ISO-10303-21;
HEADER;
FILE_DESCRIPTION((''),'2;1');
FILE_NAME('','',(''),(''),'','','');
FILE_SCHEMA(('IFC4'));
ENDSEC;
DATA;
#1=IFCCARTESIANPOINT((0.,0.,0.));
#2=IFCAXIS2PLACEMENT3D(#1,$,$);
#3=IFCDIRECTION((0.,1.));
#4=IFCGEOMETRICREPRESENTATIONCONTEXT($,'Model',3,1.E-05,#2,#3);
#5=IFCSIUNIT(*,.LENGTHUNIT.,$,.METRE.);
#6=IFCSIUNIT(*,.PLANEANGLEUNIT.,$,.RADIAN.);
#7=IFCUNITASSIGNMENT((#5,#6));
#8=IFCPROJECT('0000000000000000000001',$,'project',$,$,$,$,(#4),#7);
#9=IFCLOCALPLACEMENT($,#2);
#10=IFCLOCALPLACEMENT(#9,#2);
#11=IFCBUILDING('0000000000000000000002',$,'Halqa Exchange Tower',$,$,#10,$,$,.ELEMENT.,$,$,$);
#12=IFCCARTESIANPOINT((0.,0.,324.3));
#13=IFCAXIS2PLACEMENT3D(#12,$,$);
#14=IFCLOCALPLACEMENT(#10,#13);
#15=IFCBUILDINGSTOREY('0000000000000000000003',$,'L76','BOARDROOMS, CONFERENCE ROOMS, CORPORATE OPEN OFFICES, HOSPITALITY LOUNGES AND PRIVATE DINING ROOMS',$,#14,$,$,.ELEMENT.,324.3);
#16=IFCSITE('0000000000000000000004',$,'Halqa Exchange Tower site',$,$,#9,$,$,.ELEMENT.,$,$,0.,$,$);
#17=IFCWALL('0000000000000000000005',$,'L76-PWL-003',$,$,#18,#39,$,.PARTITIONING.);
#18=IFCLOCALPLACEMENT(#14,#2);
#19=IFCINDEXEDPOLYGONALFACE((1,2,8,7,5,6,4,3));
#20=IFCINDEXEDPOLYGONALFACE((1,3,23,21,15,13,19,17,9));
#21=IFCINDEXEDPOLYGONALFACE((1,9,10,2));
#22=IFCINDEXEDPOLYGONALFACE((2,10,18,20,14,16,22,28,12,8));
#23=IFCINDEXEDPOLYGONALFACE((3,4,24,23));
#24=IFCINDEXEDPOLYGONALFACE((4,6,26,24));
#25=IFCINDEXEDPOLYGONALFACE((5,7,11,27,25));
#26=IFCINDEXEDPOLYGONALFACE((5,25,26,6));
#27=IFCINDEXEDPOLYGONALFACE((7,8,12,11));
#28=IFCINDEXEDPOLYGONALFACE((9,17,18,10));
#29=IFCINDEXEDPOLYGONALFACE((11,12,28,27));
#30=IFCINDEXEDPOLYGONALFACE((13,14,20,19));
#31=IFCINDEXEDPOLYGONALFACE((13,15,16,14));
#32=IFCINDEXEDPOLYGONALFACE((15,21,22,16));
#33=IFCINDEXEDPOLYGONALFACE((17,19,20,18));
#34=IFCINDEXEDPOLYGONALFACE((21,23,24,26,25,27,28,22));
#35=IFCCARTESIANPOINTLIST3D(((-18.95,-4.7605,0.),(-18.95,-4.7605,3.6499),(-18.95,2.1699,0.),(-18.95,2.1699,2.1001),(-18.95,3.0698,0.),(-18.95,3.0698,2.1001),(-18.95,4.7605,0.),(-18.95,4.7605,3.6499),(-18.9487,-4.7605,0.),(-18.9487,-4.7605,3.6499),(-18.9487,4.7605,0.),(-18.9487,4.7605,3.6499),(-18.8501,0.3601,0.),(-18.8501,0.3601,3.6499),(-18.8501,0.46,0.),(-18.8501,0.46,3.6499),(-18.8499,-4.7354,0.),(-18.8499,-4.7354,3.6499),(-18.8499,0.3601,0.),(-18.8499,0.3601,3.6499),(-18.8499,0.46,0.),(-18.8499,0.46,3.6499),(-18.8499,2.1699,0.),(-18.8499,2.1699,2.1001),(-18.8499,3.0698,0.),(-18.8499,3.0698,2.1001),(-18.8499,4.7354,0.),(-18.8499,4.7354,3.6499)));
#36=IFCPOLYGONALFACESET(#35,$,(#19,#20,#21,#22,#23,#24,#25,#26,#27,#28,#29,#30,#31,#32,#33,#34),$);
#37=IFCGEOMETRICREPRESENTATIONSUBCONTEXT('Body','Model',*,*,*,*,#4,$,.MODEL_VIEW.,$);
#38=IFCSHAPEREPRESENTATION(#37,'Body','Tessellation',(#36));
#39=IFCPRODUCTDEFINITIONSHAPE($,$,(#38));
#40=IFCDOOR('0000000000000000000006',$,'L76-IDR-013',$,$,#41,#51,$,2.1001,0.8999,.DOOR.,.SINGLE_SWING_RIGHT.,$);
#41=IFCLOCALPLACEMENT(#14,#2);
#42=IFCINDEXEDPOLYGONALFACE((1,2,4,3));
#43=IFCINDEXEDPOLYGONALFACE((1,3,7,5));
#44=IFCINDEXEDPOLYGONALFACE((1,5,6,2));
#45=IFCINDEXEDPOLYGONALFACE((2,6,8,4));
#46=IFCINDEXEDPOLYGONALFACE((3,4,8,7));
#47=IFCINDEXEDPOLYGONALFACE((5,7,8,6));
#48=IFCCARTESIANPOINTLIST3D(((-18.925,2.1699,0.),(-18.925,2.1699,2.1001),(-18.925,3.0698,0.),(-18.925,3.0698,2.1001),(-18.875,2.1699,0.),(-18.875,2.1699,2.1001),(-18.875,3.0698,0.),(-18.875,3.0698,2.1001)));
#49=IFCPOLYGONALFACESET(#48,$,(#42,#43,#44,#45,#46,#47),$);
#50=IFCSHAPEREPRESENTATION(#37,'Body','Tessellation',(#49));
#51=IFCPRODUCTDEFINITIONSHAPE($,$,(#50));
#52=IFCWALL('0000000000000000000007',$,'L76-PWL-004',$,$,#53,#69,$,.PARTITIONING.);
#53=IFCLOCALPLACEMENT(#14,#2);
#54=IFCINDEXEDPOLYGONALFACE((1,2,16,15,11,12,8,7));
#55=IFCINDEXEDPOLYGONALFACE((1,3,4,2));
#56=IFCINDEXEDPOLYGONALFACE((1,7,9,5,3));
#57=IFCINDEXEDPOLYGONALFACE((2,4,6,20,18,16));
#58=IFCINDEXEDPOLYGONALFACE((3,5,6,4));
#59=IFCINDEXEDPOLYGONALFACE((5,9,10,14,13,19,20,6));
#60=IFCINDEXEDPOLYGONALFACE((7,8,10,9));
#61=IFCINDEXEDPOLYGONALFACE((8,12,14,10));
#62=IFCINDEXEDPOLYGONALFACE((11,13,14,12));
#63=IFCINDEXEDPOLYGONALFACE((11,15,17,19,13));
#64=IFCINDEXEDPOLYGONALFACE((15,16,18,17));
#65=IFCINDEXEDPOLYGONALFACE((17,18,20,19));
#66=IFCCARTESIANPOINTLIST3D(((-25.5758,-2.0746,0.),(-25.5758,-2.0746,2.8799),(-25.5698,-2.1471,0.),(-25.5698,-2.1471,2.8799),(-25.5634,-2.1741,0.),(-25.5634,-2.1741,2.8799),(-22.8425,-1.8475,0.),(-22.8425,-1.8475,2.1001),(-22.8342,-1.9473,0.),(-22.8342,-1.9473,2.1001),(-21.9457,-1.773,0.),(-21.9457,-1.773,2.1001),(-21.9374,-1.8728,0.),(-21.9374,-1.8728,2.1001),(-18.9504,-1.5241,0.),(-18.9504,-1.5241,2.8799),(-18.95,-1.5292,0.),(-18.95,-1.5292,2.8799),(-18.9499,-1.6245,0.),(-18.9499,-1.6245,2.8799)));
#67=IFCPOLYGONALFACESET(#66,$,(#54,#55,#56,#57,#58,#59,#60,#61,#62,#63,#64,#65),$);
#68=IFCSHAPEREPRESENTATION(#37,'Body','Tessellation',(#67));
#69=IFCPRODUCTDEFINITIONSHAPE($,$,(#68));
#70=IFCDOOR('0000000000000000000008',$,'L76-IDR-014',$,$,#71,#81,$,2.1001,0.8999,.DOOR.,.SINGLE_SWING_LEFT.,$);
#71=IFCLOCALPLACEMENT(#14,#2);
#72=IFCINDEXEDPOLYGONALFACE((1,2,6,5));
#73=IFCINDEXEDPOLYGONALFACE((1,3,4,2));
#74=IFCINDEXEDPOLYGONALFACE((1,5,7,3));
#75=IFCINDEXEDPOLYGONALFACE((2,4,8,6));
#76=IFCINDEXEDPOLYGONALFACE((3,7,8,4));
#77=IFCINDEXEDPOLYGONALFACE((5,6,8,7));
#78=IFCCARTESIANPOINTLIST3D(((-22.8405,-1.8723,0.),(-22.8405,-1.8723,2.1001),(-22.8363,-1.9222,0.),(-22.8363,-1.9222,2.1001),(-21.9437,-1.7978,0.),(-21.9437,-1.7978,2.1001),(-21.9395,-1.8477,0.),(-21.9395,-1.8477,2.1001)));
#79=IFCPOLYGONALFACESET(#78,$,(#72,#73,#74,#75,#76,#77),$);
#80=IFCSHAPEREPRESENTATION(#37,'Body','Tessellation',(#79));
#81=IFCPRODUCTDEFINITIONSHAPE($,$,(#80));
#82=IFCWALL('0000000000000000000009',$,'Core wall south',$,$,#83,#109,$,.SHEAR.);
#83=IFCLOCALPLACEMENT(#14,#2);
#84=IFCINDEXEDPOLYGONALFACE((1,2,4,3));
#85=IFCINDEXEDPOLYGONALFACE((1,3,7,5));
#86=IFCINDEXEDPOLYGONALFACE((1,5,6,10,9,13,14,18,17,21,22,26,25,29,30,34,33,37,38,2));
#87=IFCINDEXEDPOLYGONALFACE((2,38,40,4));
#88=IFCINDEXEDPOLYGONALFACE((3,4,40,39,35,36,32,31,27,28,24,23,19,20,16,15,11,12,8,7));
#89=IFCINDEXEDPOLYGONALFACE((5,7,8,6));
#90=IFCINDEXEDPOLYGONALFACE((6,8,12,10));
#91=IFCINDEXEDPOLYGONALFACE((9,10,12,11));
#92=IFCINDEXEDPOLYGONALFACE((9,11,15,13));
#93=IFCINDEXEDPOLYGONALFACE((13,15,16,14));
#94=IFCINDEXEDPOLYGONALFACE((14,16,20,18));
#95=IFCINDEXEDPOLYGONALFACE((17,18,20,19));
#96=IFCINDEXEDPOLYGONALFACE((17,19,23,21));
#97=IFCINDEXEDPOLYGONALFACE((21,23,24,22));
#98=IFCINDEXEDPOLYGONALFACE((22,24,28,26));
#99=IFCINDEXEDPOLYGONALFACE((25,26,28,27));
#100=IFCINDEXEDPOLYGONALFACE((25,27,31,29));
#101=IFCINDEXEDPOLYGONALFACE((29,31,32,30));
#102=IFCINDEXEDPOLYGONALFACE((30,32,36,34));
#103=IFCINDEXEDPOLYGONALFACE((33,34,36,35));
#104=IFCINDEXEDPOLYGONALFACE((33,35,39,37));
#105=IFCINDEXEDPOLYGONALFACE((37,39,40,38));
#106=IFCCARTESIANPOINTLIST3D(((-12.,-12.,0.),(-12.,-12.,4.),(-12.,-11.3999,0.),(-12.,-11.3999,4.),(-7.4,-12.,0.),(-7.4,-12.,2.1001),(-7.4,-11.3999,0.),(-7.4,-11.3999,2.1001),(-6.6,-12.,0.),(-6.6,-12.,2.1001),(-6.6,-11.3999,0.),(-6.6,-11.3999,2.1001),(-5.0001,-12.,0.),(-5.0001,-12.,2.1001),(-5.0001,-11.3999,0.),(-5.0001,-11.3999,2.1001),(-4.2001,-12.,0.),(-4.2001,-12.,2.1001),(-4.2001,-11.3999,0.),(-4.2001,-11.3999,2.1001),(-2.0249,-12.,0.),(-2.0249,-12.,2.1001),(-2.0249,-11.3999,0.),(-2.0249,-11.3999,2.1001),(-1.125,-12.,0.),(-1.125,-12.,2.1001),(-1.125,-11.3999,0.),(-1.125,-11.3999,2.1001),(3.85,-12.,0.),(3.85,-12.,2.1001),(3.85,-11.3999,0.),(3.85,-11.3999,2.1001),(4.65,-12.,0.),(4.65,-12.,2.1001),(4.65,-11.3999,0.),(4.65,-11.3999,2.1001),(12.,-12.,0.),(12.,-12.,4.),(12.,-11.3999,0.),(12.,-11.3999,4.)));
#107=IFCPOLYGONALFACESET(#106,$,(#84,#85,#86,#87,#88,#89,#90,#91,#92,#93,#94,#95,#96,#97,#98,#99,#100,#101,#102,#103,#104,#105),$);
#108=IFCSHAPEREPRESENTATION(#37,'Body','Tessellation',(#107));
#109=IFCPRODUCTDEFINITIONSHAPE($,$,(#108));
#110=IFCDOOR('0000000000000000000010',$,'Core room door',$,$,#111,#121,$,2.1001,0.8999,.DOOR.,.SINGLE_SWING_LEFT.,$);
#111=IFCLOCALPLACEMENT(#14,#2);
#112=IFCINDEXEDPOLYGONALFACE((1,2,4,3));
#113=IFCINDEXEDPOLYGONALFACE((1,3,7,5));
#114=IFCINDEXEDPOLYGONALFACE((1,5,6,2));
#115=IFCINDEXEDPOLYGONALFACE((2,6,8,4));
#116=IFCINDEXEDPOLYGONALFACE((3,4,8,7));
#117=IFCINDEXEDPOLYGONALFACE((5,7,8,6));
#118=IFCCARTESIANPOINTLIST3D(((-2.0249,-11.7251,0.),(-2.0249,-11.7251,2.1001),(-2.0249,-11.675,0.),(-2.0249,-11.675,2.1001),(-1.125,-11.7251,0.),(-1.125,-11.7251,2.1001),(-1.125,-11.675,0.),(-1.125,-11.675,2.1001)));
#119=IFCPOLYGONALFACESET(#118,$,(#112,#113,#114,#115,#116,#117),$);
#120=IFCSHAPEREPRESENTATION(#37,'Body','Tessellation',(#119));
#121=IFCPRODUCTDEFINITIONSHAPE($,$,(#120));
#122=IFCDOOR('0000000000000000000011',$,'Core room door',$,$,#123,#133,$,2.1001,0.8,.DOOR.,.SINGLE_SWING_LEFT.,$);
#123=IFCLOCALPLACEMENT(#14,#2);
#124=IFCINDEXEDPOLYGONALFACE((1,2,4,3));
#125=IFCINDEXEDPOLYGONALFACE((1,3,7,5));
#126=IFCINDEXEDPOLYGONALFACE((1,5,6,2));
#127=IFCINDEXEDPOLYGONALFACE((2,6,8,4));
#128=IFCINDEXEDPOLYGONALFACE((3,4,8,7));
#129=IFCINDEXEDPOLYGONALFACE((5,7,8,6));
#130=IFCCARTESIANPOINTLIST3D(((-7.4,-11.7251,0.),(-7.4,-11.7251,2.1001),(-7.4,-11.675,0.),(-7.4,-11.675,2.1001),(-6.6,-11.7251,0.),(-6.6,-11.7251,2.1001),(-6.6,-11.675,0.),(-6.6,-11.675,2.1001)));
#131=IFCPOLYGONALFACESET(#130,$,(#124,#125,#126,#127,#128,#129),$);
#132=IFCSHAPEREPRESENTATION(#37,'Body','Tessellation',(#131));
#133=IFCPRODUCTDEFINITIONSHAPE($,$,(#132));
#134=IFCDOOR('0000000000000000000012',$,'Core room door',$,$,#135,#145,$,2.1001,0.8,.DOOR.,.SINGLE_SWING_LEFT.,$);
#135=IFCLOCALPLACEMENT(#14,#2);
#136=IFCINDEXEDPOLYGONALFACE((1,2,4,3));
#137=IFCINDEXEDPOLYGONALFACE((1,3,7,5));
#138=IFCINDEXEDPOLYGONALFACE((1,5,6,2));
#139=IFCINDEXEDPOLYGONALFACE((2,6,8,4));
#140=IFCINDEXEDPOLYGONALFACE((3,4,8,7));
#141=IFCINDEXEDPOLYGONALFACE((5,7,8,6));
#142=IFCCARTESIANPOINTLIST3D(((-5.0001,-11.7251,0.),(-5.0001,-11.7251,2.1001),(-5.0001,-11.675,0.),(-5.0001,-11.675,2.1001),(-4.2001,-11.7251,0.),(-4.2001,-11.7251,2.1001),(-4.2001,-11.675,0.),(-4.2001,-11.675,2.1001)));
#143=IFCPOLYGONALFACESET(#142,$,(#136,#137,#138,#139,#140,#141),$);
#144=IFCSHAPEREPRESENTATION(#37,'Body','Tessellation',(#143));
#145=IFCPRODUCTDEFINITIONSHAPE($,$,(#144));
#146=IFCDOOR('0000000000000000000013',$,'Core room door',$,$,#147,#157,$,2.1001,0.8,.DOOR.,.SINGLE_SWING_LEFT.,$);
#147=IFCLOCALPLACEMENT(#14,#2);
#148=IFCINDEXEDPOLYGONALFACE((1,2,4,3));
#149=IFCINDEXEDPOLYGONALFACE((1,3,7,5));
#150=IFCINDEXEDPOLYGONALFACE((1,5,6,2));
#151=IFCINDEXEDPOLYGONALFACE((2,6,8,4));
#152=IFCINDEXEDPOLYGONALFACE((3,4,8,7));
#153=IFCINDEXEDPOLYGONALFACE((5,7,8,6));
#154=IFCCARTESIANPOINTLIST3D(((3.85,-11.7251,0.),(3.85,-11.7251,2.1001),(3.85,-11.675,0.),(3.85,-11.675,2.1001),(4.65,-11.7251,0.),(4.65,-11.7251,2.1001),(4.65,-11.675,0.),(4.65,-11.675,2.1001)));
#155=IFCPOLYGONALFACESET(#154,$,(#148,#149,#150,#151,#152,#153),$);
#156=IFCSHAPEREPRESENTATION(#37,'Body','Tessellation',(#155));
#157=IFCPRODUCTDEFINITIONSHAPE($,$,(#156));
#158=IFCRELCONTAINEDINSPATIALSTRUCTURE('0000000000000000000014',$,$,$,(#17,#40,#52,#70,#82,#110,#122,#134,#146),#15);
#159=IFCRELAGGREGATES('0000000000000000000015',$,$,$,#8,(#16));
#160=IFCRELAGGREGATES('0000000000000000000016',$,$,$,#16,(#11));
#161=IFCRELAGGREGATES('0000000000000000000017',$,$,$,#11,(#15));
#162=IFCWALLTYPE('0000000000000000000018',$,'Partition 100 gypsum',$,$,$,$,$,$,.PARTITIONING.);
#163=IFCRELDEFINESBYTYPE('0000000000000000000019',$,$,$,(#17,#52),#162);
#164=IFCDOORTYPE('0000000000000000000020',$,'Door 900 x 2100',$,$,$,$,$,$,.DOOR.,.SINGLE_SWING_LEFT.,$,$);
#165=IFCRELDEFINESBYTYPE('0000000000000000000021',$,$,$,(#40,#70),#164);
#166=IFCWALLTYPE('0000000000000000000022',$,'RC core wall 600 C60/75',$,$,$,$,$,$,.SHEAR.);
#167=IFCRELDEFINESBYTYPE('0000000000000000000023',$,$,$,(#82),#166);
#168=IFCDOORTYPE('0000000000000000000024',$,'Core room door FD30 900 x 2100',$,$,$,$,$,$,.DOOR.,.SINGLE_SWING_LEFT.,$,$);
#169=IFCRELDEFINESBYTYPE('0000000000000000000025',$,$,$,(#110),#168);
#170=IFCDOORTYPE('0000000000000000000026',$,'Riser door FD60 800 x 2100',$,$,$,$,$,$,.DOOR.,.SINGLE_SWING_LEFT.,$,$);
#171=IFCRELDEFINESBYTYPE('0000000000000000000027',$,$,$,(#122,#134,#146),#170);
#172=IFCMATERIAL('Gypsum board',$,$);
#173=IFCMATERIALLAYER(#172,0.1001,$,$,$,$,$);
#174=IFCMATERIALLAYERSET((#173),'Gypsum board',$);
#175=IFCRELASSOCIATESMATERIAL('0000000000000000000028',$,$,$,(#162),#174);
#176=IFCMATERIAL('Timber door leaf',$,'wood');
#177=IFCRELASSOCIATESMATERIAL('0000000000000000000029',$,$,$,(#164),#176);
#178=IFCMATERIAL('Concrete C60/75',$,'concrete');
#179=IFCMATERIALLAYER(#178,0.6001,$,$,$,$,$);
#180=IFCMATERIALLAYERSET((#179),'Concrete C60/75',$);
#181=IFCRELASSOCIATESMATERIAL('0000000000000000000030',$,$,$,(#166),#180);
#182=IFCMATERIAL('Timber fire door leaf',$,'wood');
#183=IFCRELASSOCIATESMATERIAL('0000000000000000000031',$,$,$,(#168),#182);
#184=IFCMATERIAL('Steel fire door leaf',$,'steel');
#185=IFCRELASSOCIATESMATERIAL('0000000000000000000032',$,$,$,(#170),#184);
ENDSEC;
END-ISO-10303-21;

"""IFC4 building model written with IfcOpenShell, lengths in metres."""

from ifc_helpers import new_model, si_unit, direction, frame, frame_2d, origin, place, context, subcontext, project, spatial, polyline, rectangle, outline, extrude, material, layer, layer_set, type_object, element, fill, save


model = new_model("IFC4")

# Units and contexts
model_context = context("Model", 3, precision=1e-05, world=origin(), true_north=direction((0.0, 1.0)))
body_context = subcontext(model_context, "Body", "Model", "MODEL_VIEW")
ifc_project = project(units=[si_unit("LENGTHUNIT", "METRE"), si_unit("PLANEANGLEUNIT", "RADIAN")], contexts=[model_context])

# Site, building, storey
site_placement = place(None, origin())
site = spatial("IfcSite", under=ifc_project, at=site_placement, Name="Halqa Exchange Tower site", CompositionType="ELEMENT", RefElevation=0.0)
building_placement = place(site_placement, origin())
building = spatial("IfcBuilding", under=site, at=building_placement, Name="Halqa Exchange Tower", CompositionType="ELEMENT")
storey_placement = place(building_placement, frame((0.0, 0.0, 324.3)))
storey = spatial("IfcBuildingStorey", under=building, at=storey_placement, Name="L76", Description="BOARDROOMS, CONFERENCE ROOMS, CORPORATE OPEN OFFICES, HOSPITALITY LOUNGES AND PRIVATE DINING ROOMS", CompositionType="ELEMENT", Elevation=324.3)

# Shared definitions
ifc_material_1 = material(Name="Concrete C60/75", Category="concrete")

# Walls, openings, doors
ifc_material_2 = material(Name="Gypsum board")
ifc_layer_1 = layer(ifc_material_2, 0.1001)
ifc_layer_set_1 = layer_set([ifc_layer_1], Name="Gypsum board")
wall_type_1 = type_object("IfcWallType", Name="Partition 100 gypsum", PredefinedType="PARTITIONING", material=ifc_layer_set_1)
wall_1_placement = place(storey_placement, frame((-18.8999, -4.7605, 0.0), z_axis=(0.0, 0.0, 1.0), x_axis=(0.0, 1.0, 0.0)))
wall_1 = element("IfcWall", 1, at=wall_1_placement, inside=storey, type_object=wall_type_1, Name="L76-PWL-003", PredefinedType="PARTITIONING", context=body_context, shape_type="SweptSolid", body=[
    extrude(outline(polyline([(0.0251, -0.05), (1.7236, -0.05), (3.4221, -0.05), (5.1206, -0.05), (5.1206, -0.0498), (5.2205, -0.0498), (5.2205, -0.05), (6.6455, -0.05), (8.0708, -0.05), (9.4958, -0.05), (9.521, 0.0488), (9.521, 0.05), (7.6167, 0.05), (5.7126, 0.05), (3.8083, 0.05), (1.9043, 0.05), (0.0, 0.05), (0.0, 0.0488), (0.0251, -0.05)])), origin(), (0.0, 0.0, 1.0), 3.6499),
])
opening_1_placement = place(wall_1_placement, frame((6.9304, 0.0, 0.0)))
opening_1 = element("IfcOpeningElement", 2, at=opening_1_placement, cuts=wall_1, PredefinedType="OPENING", context=body_context, shape_type="SweptSolid", body=[
    extrude(rectangle(XDim=0.8999, YDim=2.1001, at=frame_2d((0.45, 1.05))), frame((0.0, 0.062, 0.0), z_axis=(0.0, -1.0, 0.0), x_axis=(1.0, 0.0, 0.0)), (0.0, 0.0, 1.0), 0.124),
])
ifc_material_3 = material(Name="Timber door leaf", Category="wood")
door_type_1 = type_object("IfcDoorType", Name="Door 900 x 2100", OperationType="SINGLE_SWING_LEFT", PredefinedType="DOOR", material=ifc_material_3)
door_1_placement = place(opening_1_placement, frame((0.8999, 0.0, 0.0), z_axis=(0.0, 0.0, 1.0), x_axis=(-1.0, 0.0, 0.0)))
door_1 = element("IfcDoor", 3, at=door_1_placement, inside=storey, type_object=door_type_1, Name="L76-IDR-013", OperationType="SINGLE_SWING_RIGHT", OverallHeight=2.1001, OverallWidth=0.8999, PredefinedType="DOOR", context=body_context, shape_type="SweptSolid", body=[
    extrude(rectangle(XDim=0.8999, YDim=2.1001, at=frame_2d((0.45, 1.05))), frame((0.0, 0.0249, 0.0), z_axis=(0.0, -1.0, 0.0), x_axis=(1.0, 0.0, 0.0)), (0.0, 0.0, 1.0), 0.05),
])
fill(opening_1, door_1)
wall_2_placement = place(storey_placement, frame((-18.9463, -1.574, 0.0), z_axis=(0.0, 0.0, 1.0), x_axis=(-0.996565, -0.082811, 0.0)))
wall_2 = element("IfcWall", 4, at=wall_2_placement, inside=storey, type_object=wall_type_1, Name="L76-PWL-004", PredefinedType="PARTITIONING", context=body_context, shape_type="SweptSolid", body=[
    extrude(outline(polyline([(6.6482, -0.05), (6.6482, 0.0227), (6.644, 0.05), (4.9851, 0.05), (3.3259, 0.05), (1.667, 0.05), (0.0078, 0.05), (0.0, -0.0449), (0.0, -0.05), (1.6621, -0.05), (3.3242, -0.05), (4.9861, -0.05), (6.6482, -0.05)])), origin(), (0.0, 0.0, 1.0), 2.8799),
])
opening_2_placement = place(wall_2_placement, frame((3.0056, 0.0, 0.0)))
opening_2 = element("IfcOpeningElement", 5, at=opening_2_placement, cuts=wall_2, PredefinedType="OPENING", context=body_context, shape_type="SweptSolid", body=[
    extrude(rectangle(XDim=0.8999, YDim=2.1001, at=frame_2d((0.45, 1.05))), frame((0.0, 0.062, 0.0), z_axis=(0.0, -1.0, 0.0), x_axis=(1.0, 0.0, 0.0)), (0.0, 0.0, 1.0), 0.124),
])
door_2_placement = place(opening_2_placement, origin())
door_2 = element("IfcDoor", 6, at=door_2_placement, inside=storey, type_object=door_type_1, Name="L76-IDR-014", OperationType="SINGLE_SWING_LEFT", OverallHeight=2.1001, OverallWidth=0.8999, PredefinedType="DOOR", context=body_context, shape_type="SweptSolid", body=[
    extrude(rectangle(XDim=0.8999, YDim=2.1001, at=frame_2d((0.45, 1.05))), frame((0.0, 0.0249, 0.0), z_axis=(0.0, -1.0, 0.0), x_axis=(1.0, 0.0, 0.0)), (0.0, 0.0, 1.0), 0.05),
])
fill(opening_2, door_2)

# Wall, openings, doors
ifc_layer_2 = layer(ifc_material_1, 0.6001)
ifc_layer_set_2 = layer_set([ifc_layer_2], Name="Concrete C60/75")
wall_type_2 = type_object("IfcWallType", Name="RC core wall 600 C60/75", PredefinedType="SHEAR", material=ifc_layer_set_2)
wall_3_placement = place(storey_placement, frame((-12.0, -11.7, 0.0), z_axis=(0.0, 0.0, 1.0), x_axis=(1.0, 0.0, 0.0)))
wall_3 = element("IfcWall", 7, at=wall_3_placement, inside=storey, type_object=wall_type_2, Name="Core wall south", PredefinedType="SHEAR", context=body_context, shape_type="SweptSolid", body=[
    extrude(rectangle(XDim=24.0, YDim=0.6001, at=frame_2d((12.0, 0.0))), origin(), (0.0, 0.0, 1.0), 4.0),
])
opening_3_placement = place(wall_3_placement, frame((9.9751, 0.0, 0.0)))
opening_3 = element("IfcOpeningElement", 8, at=opening_3_placement, cuts=wall_3, PredefinedType="OPENING", context=body_context, shape_type="SweptSolid", body=[
    extrude(rectangle(XDim=0.8999, YDim=2.1001, at=frame_2d((0.45, 1.05))), frame((0.0, 0.312, 0.0), z_axis=(0.0, -1.0, 0.0), x_axis=(1.0, 0.0, 0.0)), (0.0, 0.0, 1.0), 0.624),
])
opening_4_placement = place(wall_3_placement, frame((4.6001, 0.0, 0.0)))
opening_4 = element("IfcOpeningElement", 9, at=opening_4_placement, cuts=wall_3, PredefinedType="OPENING", context=body_context, shape_type="SweptSolid", body=[
    extrude(rectangle(XDim=0.8, YDim=2.1001, at=frame_2d((0.3999, 1.05))), frame((0.0, 0.312, 0.0), z_axis=(0.0, -1.0, 0.0), x_axis=(1.0, 0.0, 0.0)), (0.0, 0.0, 1.0), 0.624),
])
opening_5_placement = place(wall_3_placement, frame((7.0, 0.0, 0.0)))
opening_5 = element("IfcOpeningElement", 10, at=opening_5_placement, cuts=wall_3, PredefinedType="OPENING", context=body_context, shape_type="SweptSolid", body=[
    extrude(rectangle(XDim=0.8, YDim=2.1001, at=frame_2d((0.3999, 1.05))), frame((0.0, 0.312, 0.0), z_axis=(0.0, -1.0, 0.0), x_axis=(1.0, 0.0, 0.0)), (0.0, 0.0, 1.0), 0.624),
])
opening_6_placement = place(wall_3_placement, frame((15.8501, 0.0, 0.0)))
opening_6 = element("IfcOpeningElement", 11, at=opening_6_placement, cuts=wall_3, PredefinedType="OPENING", context=body_context, shape_type="SweptSolid", body=[
    extrude(rectangle(XDim=0.8, YDim=2.1001, at=frame_2d((0.3999, 1.05))), frame((0.0, 0.312, 0.0), z_axis=(0.0, -1.0, 0.0), x_axis=(1.0, 0.0, 0.0)), (0.0, 0.0, 1.0), 0.624),
])
ifc_material_4 = material(Name="Timber fire door leaf", Category="wood")
door_type_2 = type_object("IfcDoorType", Name="Core room door FD30 900 x 2100", OperationType="SINGLE_SWING_LEFT", PredefinedType="DOOR", material=ifc_material_4)
door_3_placement = place(opening_3_placement, origin())
door_3 = element("IfcDoor", 12, at=door_3_placement, inside=storey, type_object=door_type_2, Name="Core room door", OperationType="SINGLE_SWING_LEFT", OverallHeight=2.1001, OverallWidth=0.8999, PredefinedType="DOOR", context=body_context, shape_type="SweptSolid", body=[
    extrude(rectangle(XDim=0.8999, YDim=2.1001, at=frame_2d((0.45, 1.05))), frame((0.0, 0.0249, 0.0), z_axis=(0.0, -1.0, 0.0), x_axis=(1.0, 0.0, 0.0)), (0.0, 0.0, 1.0), 0.05),
])
fill(opening_3, door_3)
ifc_material_5 = material(Name="Steel fire door leaf", Category="steel")
door_type_3 = type_object("IfcDoorType", Name="Riser door FD60 800 x 2100", OperationType="SINGLE_SWING_LEFT", PredefinedType="DOOR", material=ifc_material_5)
door_4_placement = place(opening_4_placement, origin())
door_4 = element("IfcDoor", 13, at=door_4_placement, inside=storey, type_object=door_type_3, Name="Core room door", OperationType="SINGLE_SWING_LEFT", OverallHeight=2.1001, OverallWidth=0.8, PredefinedType="DOOR", context=body_context, shape_type="SweptSolid", body=[
    extrude(rectangle(XDim=0.8, YDim=2.1001, at=frame_2d((0.3999, 1.05))), frame((0.0, 0.0249, 0.0), z_axis=(0.0, -1.0, 0.0), x_axis=(1.0, 0.0, 0.0)), (0.0, 0.0, 1.0), 0.05),
])
fill(opening_4, door_4)
door_5_placement = place(opening_5_placement, origin())
door_5 = element("IfcDoor", 14, at=door_5_placement, inside=storey, type_object=door_type_3, Name="Core room door", OperationType="SINGLE_SWING_LEFT", OverallHeight=2.1001, OverallWidth=0.8, PredefinedType="DOOR", context=body_context, shape_type="SweptSolid", body=[
    extrude(rectangle(XDim=0.8, YDim=2.1001, at=frame_2d((0.3999, 1.05))), frame((0.0, 0.0249, 0.0), z_axis=(0.0, -1.0, 0.0), x_axis=(1.0, 0.0, 0.0)), (0.0, 0.0, 1.0), 0.05),
])
fill(opening_5, door_5)
door_6_placement = place(opening_6_placement, origin())
door_6 = element("IfcDoor", 15, at=door_6_placement, inside=storey, type_object=door_type_3, Name="Core room door", OperationType="SINGLE_SWING_LEFT", OverallHeight=2.1001, OverallWidth=0.8, PredefinedType="DOOR", context=body_context, shape_type="SweptSolid", body=[
    extrude(rectangle(XDim=0.8, YDim=2.1001, at=frame_2d((0.3999, 1.05))), frame((0.0, 0.0249, 0.0), z_axis=(0.0, -1.0, 0.0), x_axis=(1.0, 0.0, 0.0)), (0.0, 0.0, 1.0), 0.05),
])
fill(opening_6, door_6)

save(model, "model.ifc")
